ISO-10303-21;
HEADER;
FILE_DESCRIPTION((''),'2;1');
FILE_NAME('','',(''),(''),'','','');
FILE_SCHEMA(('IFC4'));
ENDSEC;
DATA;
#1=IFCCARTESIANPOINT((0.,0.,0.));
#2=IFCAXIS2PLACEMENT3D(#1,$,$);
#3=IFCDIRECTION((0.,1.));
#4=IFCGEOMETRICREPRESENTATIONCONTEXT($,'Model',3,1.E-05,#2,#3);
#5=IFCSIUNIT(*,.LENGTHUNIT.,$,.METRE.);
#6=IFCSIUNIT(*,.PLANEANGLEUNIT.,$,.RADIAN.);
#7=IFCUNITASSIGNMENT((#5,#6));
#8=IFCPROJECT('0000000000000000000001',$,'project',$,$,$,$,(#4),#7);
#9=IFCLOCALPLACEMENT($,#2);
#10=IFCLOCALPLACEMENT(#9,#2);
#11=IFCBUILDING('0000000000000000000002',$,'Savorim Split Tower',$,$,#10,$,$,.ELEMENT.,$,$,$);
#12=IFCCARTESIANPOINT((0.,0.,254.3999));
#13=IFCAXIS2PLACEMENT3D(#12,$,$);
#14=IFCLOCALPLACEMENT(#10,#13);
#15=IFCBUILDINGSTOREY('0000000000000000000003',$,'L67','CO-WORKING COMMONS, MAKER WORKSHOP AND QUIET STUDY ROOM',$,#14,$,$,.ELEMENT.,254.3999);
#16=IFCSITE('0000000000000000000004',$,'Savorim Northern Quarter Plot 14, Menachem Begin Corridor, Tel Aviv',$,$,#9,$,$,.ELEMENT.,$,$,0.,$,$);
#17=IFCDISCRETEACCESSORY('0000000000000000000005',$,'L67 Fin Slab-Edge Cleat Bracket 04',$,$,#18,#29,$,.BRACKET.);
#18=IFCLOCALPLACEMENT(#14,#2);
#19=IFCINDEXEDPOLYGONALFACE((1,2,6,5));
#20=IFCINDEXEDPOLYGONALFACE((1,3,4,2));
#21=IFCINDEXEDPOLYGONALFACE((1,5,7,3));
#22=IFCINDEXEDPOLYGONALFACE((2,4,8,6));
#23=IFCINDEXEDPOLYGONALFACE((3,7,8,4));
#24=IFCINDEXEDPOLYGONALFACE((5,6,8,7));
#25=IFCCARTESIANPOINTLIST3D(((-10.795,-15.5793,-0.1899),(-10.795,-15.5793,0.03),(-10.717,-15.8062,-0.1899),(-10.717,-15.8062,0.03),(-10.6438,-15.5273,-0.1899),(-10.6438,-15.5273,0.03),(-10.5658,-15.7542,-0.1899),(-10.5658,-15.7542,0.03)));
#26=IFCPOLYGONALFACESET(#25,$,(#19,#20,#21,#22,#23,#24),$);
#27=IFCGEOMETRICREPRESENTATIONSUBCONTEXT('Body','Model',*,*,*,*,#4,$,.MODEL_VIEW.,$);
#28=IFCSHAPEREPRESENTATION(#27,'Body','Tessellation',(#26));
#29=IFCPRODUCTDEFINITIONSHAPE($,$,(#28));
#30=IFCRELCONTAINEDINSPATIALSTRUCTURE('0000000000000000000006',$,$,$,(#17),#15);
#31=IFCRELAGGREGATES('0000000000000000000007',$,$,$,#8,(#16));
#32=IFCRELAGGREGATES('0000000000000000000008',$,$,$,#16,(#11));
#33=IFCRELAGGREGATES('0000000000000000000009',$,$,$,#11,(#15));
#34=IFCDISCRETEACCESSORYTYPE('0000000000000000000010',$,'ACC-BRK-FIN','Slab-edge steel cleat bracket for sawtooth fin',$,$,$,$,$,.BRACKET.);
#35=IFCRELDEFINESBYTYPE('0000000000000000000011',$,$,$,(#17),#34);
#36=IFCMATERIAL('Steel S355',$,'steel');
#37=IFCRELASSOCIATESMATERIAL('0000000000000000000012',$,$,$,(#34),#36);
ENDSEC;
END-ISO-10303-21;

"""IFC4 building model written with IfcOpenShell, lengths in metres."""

from ifc_helpers import new_model, si_unit, direction, frame, origin, origin_2d, place, context, subcontext, project, spatial, rectangle, extrude, material, type_object, element, save


model = new_model("IFC4")

# Units and contexts
model_context = context("Model", 3, precision=1e-05, world=origin(), true_north=direction((0.0, 1.0)))
body_context = subcontext(model_context, "Body", "Model", "MODEL_VIEW")
ifc_project = project(units=[si_unit("LENGTHUNIT", "METRE"), si_unit("PLANEANGLEUNIT", "RADIAN")], contexts=[model_context])

# Site, building, storey
site_placement = place(None, origin())
site = spatial("IfcSite", under=ifc_project, at=site_placement, Name="Savorim Northern Quarter Plot 14, Menachem Begin Corridor, Tel Aviv", CompositionType="ELEMENT", RefElevation=0.0)
building_placement = place(site_placement, origin())
building = spatial("IfcBuilding", under=site, at=building_placement, Name="Savorim Split Tower", CompositionType="ELEMENT")
storey_placement = place(building_placement, frame((0.0, 0.0, 254.3999)))
storey = spatial("IfcBuildingStorey", under=building, at=storey_placement, Name="L67", Description="CO-WORKING COMMONS, MAKER WORKSHOP AND QUIET STUDY ROOM", CompositionType="ELEMENT", Elevation=254.3999)

# Shared definitions
ifc_material_1 = material(Name="Steel S355", Category="steel")

# Discrete accessory
discrete_accessory_type = type_object("IfcDiscreteAccessoryType", Name="ACC-BRK-FIN", Description="Slab-edge steel cleat bracket for sawtooth fin", PredefinedType="BRACKET", material=ifc_material_1)
for number, where, z_axis, x_axis, name in (
    (1, (-10.6804, -15.6667, -0.1899), (0.0, 0.0, 1.0), (0.324994, -0.945716, 0.0), "L67 Fin Slab-Edge Cleat Bracket 04"),
):
    element("IfcDiscreteAccessory", number, at=place(storey_placement, frame(where, z_axis=z_axis, x_axis=x_axis)), inside=storey, type_object=discrete_accessory_type, Name=name, PredefinedType="BRACKET", context=body_context, shape_type="SweptSolid", body=[
        extrude(rectangle(XDim=0.24, YDim=0.1599, at=origin_2d()), origin(), (0.0, 0.0, 1.0), 0.22),
    ])

save(model, "model.ifc")
